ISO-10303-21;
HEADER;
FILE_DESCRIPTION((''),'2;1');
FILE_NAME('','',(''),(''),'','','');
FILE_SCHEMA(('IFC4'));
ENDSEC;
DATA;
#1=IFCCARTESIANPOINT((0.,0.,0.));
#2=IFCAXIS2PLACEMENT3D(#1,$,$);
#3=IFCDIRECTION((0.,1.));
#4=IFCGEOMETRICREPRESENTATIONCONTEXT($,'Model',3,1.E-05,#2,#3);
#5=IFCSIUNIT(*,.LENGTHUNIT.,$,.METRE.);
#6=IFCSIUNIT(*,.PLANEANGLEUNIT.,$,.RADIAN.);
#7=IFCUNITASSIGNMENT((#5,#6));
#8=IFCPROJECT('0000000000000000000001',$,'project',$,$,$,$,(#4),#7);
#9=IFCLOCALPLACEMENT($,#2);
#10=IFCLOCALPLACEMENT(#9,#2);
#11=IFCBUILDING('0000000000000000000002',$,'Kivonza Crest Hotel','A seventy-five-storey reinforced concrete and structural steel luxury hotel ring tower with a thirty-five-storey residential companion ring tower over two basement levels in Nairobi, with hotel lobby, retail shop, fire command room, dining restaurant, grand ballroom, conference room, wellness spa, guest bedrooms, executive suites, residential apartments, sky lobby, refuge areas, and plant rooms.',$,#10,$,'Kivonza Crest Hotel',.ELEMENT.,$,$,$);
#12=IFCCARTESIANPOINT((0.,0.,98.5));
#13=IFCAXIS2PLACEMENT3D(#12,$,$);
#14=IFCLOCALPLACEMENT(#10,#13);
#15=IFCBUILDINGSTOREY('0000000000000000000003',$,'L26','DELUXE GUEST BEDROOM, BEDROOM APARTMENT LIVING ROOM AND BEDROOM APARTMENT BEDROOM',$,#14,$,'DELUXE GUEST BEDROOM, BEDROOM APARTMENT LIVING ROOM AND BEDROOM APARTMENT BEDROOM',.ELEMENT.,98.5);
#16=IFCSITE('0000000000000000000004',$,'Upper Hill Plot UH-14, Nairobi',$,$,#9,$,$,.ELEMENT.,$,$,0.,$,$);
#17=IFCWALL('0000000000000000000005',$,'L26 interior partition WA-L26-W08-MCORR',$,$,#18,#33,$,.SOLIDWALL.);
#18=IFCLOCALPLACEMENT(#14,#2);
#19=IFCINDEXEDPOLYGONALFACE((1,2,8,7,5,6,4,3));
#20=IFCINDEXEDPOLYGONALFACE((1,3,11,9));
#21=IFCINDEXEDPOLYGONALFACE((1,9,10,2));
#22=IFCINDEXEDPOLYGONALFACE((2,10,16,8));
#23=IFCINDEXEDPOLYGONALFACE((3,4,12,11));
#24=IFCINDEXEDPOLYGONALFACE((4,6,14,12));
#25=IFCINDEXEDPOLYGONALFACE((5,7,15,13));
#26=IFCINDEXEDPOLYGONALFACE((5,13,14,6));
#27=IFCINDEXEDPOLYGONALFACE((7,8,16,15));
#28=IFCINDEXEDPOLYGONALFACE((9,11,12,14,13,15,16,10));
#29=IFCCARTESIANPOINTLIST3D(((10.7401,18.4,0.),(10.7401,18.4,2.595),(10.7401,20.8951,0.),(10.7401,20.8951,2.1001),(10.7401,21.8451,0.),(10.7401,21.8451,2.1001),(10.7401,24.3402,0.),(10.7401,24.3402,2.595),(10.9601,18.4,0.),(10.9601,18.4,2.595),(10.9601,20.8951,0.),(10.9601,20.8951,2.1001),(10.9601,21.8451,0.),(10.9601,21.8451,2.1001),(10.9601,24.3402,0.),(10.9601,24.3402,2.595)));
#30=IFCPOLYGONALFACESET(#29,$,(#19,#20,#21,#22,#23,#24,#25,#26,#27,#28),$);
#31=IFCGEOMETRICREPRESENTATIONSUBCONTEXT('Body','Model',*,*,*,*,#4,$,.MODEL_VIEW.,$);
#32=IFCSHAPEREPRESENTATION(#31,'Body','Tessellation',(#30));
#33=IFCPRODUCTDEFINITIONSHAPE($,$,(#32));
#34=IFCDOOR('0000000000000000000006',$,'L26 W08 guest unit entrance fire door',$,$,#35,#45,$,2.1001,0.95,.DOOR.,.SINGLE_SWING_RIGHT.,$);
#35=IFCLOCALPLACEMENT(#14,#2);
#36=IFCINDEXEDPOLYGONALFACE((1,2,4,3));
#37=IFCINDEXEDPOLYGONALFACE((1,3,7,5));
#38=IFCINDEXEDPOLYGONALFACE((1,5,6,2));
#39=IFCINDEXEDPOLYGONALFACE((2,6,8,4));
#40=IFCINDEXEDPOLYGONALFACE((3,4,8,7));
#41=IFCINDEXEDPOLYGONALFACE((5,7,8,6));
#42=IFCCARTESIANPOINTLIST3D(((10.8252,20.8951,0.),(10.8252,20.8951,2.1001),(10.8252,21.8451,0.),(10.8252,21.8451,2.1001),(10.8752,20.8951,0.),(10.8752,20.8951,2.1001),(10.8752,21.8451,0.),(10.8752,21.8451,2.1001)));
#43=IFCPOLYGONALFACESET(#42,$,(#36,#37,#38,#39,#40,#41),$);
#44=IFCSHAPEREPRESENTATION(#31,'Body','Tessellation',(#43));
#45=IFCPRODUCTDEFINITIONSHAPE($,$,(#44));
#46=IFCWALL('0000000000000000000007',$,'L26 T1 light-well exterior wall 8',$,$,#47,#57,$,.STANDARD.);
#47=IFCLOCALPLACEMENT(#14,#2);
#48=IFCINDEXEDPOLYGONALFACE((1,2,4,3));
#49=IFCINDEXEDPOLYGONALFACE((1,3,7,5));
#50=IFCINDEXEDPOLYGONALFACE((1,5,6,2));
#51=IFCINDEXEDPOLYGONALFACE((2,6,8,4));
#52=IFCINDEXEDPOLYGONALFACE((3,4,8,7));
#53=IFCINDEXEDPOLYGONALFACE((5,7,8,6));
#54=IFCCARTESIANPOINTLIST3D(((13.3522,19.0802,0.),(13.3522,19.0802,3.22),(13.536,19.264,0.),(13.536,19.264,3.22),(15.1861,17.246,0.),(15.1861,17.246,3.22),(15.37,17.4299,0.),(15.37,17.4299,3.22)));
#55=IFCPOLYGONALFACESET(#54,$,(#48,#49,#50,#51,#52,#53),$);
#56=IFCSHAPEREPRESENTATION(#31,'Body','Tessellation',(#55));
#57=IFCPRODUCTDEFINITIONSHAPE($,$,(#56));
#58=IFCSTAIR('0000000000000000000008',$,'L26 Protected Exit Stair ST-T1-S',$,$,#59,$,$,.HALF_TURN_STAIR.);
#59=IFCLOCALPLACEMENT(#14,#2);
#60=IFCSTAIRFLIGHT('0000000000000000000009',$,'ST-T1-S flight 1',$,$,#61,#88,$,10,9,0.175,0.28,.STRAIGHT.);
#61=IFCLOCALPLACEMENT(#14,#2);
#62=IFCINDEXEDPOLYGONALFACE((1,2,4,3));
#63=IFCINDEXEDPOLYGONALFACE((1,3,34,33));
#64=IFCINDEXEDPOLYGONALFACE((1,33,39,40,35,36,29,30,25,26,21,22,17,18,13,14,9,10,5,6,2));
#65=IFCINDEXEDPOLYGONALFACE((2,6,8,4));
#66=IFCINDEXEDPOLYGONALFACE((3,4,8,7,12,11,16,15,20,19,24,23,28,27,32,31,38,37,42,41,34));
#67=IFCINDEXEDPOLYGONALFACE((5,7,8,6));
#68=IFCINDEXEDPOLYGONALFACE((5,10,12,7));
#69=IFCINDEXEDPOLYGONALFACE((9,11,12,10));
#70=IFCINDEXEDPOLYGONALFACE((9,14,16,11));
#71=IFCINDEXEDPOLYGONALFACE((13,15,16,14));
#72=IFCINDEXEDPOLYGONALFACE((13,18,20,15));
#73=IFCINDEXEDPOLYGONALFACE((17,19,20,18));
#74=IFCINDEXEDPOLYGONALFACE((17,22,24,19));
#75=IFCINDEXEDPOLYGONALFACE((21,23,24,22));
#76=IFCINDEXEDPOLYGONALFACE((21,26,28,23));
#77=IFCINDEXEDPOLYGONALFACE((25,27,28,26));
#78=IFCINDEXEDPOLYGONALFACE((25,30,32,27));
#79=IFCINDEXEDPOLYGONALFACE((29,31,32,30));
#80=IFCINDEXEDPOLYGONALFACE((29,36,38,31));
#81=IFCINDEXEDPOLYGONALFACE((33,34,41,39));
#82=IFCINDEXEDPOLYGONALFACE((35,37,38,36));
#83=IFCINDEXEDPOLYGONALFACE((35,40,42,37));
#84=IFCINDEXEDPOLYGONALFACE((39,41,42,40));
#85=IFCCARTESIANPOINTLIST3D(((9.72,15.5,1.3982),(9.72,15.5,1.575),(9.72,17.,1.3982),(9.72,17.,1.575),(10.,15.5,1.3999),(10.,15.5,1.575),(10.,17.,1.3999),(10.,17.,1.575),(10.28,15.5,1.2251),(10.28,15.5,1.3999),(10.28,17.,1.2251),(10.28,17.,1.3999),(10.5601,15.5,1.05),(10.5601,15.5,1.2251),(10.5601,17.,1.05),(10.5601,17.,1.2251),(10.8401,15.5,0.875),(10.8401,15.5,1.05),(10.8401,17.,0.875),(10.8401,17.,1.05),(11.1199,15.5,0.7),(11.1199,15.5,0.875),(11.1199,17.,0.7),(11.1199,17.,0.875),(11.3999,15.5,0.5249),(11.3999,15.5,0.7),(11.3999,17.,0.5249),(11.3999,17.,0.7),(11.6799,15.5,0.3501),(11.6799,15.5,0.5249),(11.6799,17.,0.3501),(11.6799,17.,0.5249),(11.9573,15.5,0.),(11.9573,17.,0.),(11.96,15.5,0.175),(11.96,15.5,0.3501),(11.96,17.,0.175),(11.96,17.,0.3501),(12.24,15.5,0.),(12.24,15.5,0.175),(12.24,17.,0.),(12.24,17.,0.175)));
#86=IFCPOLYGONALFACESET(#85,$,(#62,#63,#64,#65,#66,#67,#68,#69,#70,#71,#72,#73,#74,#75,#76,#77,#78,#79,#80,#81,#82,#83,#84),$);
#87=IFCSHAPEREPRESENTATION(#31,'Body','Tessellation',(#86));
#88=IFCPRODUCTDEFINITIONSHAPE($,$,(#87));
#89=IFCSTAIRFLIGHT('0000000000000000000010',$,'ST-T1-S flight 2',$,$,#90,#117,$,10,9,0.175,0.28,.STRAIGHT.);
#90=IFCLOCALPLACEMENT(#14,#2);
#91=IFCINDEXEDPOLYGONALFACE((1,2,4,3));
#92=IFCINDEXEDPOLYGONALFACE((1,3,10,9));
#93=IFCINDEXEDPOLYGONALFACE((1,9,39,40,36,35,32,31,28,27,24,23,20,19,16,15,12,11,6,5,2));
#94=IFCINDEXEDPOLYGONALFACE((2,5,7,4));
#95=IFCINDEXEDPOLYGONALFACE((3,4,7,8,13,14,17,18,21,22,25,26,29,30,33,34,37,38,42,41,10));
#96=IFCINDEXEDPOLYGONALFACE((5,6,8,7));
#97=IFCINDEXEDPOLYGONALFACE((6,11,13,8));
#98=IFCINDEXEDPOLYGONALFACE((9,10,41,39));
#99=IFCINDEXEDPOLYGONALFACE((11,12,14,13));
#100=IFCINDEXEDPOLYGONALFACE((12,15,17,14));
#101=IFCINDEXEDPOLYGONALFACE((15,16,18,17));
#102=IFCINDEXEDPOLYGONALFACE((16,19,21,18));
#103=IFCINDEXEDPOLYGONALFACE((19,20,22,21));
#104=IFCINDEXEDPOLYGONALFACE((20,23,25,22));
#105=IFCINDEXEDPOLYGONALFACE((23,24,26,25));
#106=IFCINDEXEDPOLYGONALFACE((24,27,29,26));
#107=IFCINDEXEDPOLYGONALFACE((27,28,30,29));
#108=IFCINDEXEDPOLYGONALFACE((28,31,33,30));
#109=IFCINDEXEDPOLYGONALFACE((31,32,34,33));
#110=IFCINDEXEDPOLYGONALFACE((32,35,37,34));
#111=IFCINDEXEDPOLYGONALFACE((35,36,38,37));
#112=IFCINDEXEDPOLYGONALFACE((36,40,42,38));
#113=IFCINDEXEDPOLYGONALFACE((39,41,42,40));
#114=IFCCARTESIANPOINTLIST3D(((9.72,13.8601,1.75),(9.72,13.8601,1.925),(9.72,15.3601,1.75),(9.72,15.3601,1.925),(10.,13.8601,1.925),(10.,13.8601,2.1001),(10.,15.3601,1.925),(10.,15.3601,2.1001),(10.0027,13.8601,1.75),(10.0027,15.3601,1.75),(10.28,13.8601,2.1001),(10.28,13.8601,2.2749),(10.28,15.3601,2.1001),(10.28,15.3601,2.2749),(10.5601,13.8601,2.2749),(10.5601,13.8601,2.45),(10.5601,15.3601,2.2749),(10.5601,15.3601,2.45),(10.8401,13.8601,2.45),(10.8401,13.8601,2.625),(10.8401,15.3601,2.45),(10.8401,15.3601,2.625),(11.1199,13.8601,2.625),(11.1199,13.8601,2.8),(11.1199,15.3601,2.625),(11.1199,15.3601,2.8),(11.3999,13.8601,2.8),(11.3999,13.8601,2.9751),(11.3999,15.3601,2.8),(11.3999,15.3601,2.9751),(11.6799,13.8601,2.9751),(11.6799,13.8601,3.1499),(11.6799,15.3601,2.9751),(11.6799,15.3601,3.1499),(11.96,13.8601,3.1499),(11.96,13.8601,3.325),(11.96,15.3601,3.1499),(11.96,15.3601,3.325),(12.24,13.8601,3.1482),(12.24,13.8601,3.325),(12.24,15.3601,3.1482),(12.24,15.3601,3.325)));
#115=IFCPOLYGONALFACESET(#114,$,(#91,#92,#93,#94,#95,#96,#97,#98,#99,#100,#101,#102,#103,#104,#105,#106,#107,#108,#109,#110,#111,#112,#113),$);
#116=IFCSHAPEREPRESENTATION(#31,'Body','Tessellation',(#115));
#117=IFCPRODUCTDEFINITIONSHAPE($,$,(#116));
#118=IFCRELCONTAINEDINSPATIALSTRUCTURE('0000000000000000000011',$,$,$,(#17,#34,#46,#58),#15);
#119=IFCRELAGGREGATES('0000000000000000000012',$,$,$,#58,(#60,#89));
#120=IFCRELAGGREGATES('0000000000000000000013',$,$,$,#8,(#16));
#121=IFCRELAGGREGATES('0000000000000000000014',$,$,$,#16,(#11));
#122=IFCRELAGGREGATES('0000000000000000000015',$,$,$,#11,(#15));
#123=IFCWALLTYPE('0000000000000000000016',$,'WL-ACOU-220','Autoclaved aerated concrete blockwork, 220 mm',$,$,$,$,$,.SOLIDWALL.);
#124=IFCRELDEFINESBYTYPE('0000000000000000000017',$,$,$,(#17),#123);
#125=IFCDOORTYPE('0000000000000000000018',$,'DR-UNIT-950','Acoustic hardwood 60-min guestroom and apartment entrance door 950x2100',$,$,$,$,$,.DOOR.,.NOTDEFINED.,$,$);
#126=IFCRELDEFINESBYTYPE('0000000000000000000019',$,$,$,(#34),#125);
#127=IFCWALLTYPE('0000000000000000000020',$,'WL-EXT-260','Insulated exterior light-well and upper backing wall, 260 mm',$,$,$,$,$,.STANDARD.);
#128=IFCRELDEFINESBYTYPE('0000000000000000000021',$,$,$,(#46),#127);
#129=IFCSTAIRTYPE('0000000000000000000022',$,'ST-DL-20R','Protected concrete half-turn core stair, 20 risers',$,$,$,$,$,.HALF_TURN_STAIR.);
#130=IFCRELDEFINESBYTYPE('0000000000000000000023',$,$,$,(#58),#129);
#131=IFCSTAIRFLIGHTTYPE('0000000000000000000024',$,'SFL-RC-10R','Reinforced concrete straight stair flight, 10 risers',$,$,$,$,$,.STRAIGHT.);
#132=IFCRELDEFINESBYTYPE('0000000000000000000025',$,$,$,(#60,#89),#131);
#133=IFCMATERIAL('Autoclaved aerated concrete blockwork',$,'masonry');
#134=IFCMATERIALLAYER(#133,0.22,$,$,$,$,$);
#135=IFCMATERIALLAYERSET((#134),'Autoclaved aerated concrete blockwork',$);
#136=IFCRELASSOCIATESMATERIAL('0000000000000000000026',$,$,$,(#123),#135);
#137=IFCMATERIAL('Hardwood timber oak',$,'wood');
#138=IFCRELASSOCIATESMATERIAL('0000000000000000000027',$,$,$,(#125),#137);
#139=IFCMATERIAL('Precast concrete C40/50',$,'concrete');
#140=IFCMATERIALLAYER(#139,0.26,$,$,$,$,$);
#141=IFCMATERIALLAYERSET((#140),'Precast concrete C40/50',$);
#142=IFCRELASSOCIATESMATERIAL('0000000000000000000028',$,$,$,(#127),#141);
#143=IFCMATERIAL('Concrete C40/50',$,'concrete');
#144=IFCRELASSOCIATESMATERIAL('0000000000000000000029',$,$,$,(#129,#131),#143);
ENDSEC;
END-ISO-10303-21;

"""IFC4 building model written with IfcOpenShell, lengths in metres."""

from ifc_helpers import new_model, si_unit, direction, frame, frame_2d, origin, place, context, subcontext, project, spatial, polyline, rectangle, outline, extrude, material, layer, layer_set, type_object, element, fill, aggregate, save


model = new_model("IFC4")

# Units and contexts
model_context = context("Model", 3, precision=1e-05, world=origin(), true_north=direction((0.0, 1.0)))
body_context = subcontext(model_context, "Body", "Model", "MODEL_VIEW")
ifc_project = project(units=[si_unit("LENGTHUNIT", "METRE"), si_unit("PLANEANGLEUNIT", "RADIAN")], contexts=[model_context])

# Site, building, storey
site_placement = place(None, origin())
site = spatial("IfcSite", under=ifc_project, at=site_placement, Name="Upper Hill Plot UH-14, Nairobi", CompositionType="ELEMENT", RefElevation=0.0)
building_placement = place(site_placement, origin())
building = spatial("IfcBuilding", under=site, at=building_placement, Name="Kivonza Crest Hotel", Description="A seventy-five-storey reinforced concrete and structural steel luxury hotel ring tower with a thirty-five-storey residential companion ring tower over two basement levels in Nairobi, with hotel lobby, retail shop, fire command room, dining restaurant, grand ballroom, conference room, wellness spa, guest bedrooms, executive suites, residential apartments, sky lobby, refuge areas, and plant rooms.", LongName="Kivonza Crest Hotel", CompositionType="ELEMENT")
storey_placement = place(building_placement, frame((0.0, 0.0, 98.5)))
storey = spatial("IfcBuildingStorey", under=building, at=storey_placement, Name="L26", Description="DELUXE GUEST BEDROOM, BEDROOM APARTMENT LIVING ROOM AND BEDROOM APARTMENT BEDROOM", LongName="DELUXE GUEST BEDROOM, BEDROOM APARTMENT LIVING ROOM AND BEDROOM APARTMENT BEDROOM", CompositionType="ELEMENT", Elevation=98.5)

# Shared definitions
ifc_material_1 = material(Name="Autoclaved aerated concrete blockwork", Category="masonry")
ifc_layer_1 = layer(ifc_material_1, 0.22)
ifc_layer_set_1 = layer_set([ifc_layer_1], Name="Autoclaved aerated concrete blockwork")
wall_type_1 = type_object("IfcWallType", Name="WL-ACOU-220", Description="Autoclaved aerated concrete blockwork, 220 mm", PredefinedType="SOLIDWALL", material=ifc_layer_set_1)
ifc_material_2 = material(Name="Hardwood timber oak", Category="wood")
door_type_1 = type_object("IfcDoorType", Name="DR-UNIT-950", Description="Acoustic hardwood 60-min guestroom and apartment entrance door 950x2100", OperationType="NOTDEFINED", PredefinedType="DOOR", material=ifc_material_2)

# Wall, opening, door
wall_1_placement = place(storey_placement, frame((10.8501, 18.3999, 0.0), z_axis=(0.0, 0.0, 1.0), x_axis=(0.0, 1.0, 0.0)))
wall_1 = element("IfcWall", 1, at=wall_1_placement, inside=storey, type_object=wall_type_1, Name="L26 interior partition WA-L26-W08-MCORR", PredefinedType="SOLIDWALL", context=body_context, shape_type="SweptSolid", body=[
    extrude(rectangle(XDim=5.9402, YDim=0.22, at=frame_2d((2.9702, 0.0))), origin(), (0.0, 0.0, 1.0), 2.595),
])
opening_1_placement = place(wall_1_placement, frame((2.4951, 0.0, 0.0)))
opening_1 = element("IfcOpeningElement", 2, at=opening_1_placement, cuts=wall_1, PredefinedType="OPENING", context=body_context, shape_type="SweptSolid", body=[
    extrude(rectangle(XDim=0.95, YDim=2.1001, at=frame_2d((0.4751, 1.05))), frame((0.0, 0.1201, 0.0), z_axis=(0.0, -1.0, 0.0), x_axis=(1.0, 0.0, 0.0)), (0.0, 0.0, 1.0), 0.24),
])
door_1_placement = place(opening_1_placement, origin())
door_1 = element("IfcDoor", 3, at=door_1_placement, inside=storey, type_object=door_type_1, Name="L26 W08 guest unit entrance fire door", OperationType="SINGLE_SWING_RIGHT", OverallHeight=2.1001, OverallWidth=0.95, PredefinedType="DOOR", context=body_context, shape_type="SweptSolid", body=[
    extrude(rectangle(XDim=0.95, YDim=2.1001, at=frame_2d((0.4751, 1.05))), frame((0.0, 0.0249, 0.0), z_axis=(0.0, -1.0, 0.0), x_axis=(1.0, 0.0, 0.0)), (0.0, 0.0, 1.0), 0.05),
])
fill(opening_1, door_1)

# Wall
ifc_material_3 = material(Name="Precast concrete C40/50", Category="concrete")
ifc_layer_2 = layer(ifc_material_3, 0.26)
ifc_layer_set_2 = layer_set([ifc_layer_2], Name="Precast concrete C40/50")
wall_type_2 = type_object("IfcWallType", Name="WL-EXT-260", Description="Insulated exterior light-well and upper backing wall, 260 mm", PredefinedType="STANDARD", material=ifc_layer_set_2)
wall_2_placement = place(storey_placement, frame((13.4441, 19.1721, 0.0), z_axis=(0.0, 0.0, 1.0), x_axis=(0.70706, -0.707154, 0.0)))
element("IfcWall", 4, at=wall_2_placement, inside=storey, type_object=wall_type_2, Name="L26 T1 light-well exterior wall 8", PredefinedType="STANDARD", context=body_context, shape_type="SweptSolid", body=[
    extrude(rectangle(XDim=2.5938, YDim=0.26, at=frame_2d((1.2969, 0.0))), origin(), (0.0, 0.0, 1.0), 3.22),
])

# Stair, stair flights
ifc_material_4 = material(Name="Concrete C40/50", Category="concrete")
stair_type = type_object("IfcStairType", Name="ST-DL-20R", Description="Protected concrete half-turn core stair, 20 risers", PredefinedType="HALF_TURN_STAIR", material=ifc_material_4)
stair_placement = place(storey_placement, origin())
stair = element("IfcStair", 5, at=stair_placement, inside=storey, type_object=stair_type, Name="L26 Protected Exit Stair ST-T1-S", PredefinedType="HALF_TURN_STAIR")
stair_flight_type = type_object("IfcStairFlightType", Name="SFL-RC-10R", Description="Reinforced concrete straight stair flight, 10 risers", PredefinedType="STRAIGHT", material=ifc_material_4)
stair_flight_1_placement = place(storey_placement, frame((12.24, 16.25, 0.0), z_axis=(0.0, 0.0, 1.0), x_axis=(-1.0, 0.0, 0.0)))
stair_flight_1 = element("IfcStairFlight", 6, at=stair_flight_1_placement, type_object=stair_flight_type, Name="ST-T1-S flight 1", NumberOfRisers=10, NumberOfTreads=9, PredefinedType="STRAIGHT", RiserHeight=0.175, TreadLength=0.28, context=body_context, shape_type="SweptSolid", body=[
    extrude(outline(polyline([(0.0, 0.0), (0.0, 0.175), (0.28, 0.175), (0.28, 0.3501), (0.5601, 0.3501), (0.5601, 0.5249), (0.8401, 0.5249), (0.8401, 0.7), (1.1201, 0.7), (1.1201, 0.875), (1.3999, 0.875), (1.3999, 1.05), (1.6799, 1.05), (1.6799, 1.2251), (1.96, 1.2251), (1.96, 1.3999), (2.24, 1.3999), (2.24, 1.575), (2.52, 1.575), (2.52, 1.75), (2.52, 1.3982), (0.2827, 0.0), (0.0, 0.0)])), frame((0.0, 0.75, 0.0), z_axis=(0.0, -1.0, 0.0), x_axis=(1.0, 0.0, 0.0)), (0.0, 0.0, 1.0), 1.5),
])
stair_flight_2_placement = place(storey_placement, frame((9.72, 14.6101, 1.75), z_axis=(0.0, 0.0, 1.0), x_axis=(1.0, 0.0, 0.0)))
stair_flight_2 = element("IfcStairFlight", 7, at=stair_flight_2_placement, type_object=stair_flight_type, Name="ST-T1-S flight 2", NumberOfRisers=10, NumberOfTreads=9, PredefinedType="STRAIGHT", RiserHeight=0.175, TreadLength=0.28, context=body_context, shape_type="SweptSolid", body=[
    extrude(outline(polyline([(0.0, 0.0), (0.0, 0.175), (0.28, 0.175), (0.28, 0.3501), (0.5601, 0.3501), (0.5601, 0.5249), (0.8401, 0.5249), (0.8401, 0.7), (1.1201, 0.7), (1.1201, 0.875), (1.3999, 0.875), (1.3999, 1.05), (1.6799, 1.05), (1.6799, 1.2251), (1.96, 1.2251), (1.96, 1.3999), (2.24, 1.3999), (2.24, 1.575), (2.52, 1.575), (2.52, 1.75), (2.52, 1.3982), (0.2827, 0.0), (0.0, 0.0)])), frame((0.0, 0.75, 0.0), z_axis=(0.0, -1.0, 0.0), x_axis=(1.0, 0.0, 0.0)), (0.0, 0.0, 1.0), 1.5),
])
aggregate(stair, [stair_flight_1, stair_flight_2])

save(model, "model.ifc")
